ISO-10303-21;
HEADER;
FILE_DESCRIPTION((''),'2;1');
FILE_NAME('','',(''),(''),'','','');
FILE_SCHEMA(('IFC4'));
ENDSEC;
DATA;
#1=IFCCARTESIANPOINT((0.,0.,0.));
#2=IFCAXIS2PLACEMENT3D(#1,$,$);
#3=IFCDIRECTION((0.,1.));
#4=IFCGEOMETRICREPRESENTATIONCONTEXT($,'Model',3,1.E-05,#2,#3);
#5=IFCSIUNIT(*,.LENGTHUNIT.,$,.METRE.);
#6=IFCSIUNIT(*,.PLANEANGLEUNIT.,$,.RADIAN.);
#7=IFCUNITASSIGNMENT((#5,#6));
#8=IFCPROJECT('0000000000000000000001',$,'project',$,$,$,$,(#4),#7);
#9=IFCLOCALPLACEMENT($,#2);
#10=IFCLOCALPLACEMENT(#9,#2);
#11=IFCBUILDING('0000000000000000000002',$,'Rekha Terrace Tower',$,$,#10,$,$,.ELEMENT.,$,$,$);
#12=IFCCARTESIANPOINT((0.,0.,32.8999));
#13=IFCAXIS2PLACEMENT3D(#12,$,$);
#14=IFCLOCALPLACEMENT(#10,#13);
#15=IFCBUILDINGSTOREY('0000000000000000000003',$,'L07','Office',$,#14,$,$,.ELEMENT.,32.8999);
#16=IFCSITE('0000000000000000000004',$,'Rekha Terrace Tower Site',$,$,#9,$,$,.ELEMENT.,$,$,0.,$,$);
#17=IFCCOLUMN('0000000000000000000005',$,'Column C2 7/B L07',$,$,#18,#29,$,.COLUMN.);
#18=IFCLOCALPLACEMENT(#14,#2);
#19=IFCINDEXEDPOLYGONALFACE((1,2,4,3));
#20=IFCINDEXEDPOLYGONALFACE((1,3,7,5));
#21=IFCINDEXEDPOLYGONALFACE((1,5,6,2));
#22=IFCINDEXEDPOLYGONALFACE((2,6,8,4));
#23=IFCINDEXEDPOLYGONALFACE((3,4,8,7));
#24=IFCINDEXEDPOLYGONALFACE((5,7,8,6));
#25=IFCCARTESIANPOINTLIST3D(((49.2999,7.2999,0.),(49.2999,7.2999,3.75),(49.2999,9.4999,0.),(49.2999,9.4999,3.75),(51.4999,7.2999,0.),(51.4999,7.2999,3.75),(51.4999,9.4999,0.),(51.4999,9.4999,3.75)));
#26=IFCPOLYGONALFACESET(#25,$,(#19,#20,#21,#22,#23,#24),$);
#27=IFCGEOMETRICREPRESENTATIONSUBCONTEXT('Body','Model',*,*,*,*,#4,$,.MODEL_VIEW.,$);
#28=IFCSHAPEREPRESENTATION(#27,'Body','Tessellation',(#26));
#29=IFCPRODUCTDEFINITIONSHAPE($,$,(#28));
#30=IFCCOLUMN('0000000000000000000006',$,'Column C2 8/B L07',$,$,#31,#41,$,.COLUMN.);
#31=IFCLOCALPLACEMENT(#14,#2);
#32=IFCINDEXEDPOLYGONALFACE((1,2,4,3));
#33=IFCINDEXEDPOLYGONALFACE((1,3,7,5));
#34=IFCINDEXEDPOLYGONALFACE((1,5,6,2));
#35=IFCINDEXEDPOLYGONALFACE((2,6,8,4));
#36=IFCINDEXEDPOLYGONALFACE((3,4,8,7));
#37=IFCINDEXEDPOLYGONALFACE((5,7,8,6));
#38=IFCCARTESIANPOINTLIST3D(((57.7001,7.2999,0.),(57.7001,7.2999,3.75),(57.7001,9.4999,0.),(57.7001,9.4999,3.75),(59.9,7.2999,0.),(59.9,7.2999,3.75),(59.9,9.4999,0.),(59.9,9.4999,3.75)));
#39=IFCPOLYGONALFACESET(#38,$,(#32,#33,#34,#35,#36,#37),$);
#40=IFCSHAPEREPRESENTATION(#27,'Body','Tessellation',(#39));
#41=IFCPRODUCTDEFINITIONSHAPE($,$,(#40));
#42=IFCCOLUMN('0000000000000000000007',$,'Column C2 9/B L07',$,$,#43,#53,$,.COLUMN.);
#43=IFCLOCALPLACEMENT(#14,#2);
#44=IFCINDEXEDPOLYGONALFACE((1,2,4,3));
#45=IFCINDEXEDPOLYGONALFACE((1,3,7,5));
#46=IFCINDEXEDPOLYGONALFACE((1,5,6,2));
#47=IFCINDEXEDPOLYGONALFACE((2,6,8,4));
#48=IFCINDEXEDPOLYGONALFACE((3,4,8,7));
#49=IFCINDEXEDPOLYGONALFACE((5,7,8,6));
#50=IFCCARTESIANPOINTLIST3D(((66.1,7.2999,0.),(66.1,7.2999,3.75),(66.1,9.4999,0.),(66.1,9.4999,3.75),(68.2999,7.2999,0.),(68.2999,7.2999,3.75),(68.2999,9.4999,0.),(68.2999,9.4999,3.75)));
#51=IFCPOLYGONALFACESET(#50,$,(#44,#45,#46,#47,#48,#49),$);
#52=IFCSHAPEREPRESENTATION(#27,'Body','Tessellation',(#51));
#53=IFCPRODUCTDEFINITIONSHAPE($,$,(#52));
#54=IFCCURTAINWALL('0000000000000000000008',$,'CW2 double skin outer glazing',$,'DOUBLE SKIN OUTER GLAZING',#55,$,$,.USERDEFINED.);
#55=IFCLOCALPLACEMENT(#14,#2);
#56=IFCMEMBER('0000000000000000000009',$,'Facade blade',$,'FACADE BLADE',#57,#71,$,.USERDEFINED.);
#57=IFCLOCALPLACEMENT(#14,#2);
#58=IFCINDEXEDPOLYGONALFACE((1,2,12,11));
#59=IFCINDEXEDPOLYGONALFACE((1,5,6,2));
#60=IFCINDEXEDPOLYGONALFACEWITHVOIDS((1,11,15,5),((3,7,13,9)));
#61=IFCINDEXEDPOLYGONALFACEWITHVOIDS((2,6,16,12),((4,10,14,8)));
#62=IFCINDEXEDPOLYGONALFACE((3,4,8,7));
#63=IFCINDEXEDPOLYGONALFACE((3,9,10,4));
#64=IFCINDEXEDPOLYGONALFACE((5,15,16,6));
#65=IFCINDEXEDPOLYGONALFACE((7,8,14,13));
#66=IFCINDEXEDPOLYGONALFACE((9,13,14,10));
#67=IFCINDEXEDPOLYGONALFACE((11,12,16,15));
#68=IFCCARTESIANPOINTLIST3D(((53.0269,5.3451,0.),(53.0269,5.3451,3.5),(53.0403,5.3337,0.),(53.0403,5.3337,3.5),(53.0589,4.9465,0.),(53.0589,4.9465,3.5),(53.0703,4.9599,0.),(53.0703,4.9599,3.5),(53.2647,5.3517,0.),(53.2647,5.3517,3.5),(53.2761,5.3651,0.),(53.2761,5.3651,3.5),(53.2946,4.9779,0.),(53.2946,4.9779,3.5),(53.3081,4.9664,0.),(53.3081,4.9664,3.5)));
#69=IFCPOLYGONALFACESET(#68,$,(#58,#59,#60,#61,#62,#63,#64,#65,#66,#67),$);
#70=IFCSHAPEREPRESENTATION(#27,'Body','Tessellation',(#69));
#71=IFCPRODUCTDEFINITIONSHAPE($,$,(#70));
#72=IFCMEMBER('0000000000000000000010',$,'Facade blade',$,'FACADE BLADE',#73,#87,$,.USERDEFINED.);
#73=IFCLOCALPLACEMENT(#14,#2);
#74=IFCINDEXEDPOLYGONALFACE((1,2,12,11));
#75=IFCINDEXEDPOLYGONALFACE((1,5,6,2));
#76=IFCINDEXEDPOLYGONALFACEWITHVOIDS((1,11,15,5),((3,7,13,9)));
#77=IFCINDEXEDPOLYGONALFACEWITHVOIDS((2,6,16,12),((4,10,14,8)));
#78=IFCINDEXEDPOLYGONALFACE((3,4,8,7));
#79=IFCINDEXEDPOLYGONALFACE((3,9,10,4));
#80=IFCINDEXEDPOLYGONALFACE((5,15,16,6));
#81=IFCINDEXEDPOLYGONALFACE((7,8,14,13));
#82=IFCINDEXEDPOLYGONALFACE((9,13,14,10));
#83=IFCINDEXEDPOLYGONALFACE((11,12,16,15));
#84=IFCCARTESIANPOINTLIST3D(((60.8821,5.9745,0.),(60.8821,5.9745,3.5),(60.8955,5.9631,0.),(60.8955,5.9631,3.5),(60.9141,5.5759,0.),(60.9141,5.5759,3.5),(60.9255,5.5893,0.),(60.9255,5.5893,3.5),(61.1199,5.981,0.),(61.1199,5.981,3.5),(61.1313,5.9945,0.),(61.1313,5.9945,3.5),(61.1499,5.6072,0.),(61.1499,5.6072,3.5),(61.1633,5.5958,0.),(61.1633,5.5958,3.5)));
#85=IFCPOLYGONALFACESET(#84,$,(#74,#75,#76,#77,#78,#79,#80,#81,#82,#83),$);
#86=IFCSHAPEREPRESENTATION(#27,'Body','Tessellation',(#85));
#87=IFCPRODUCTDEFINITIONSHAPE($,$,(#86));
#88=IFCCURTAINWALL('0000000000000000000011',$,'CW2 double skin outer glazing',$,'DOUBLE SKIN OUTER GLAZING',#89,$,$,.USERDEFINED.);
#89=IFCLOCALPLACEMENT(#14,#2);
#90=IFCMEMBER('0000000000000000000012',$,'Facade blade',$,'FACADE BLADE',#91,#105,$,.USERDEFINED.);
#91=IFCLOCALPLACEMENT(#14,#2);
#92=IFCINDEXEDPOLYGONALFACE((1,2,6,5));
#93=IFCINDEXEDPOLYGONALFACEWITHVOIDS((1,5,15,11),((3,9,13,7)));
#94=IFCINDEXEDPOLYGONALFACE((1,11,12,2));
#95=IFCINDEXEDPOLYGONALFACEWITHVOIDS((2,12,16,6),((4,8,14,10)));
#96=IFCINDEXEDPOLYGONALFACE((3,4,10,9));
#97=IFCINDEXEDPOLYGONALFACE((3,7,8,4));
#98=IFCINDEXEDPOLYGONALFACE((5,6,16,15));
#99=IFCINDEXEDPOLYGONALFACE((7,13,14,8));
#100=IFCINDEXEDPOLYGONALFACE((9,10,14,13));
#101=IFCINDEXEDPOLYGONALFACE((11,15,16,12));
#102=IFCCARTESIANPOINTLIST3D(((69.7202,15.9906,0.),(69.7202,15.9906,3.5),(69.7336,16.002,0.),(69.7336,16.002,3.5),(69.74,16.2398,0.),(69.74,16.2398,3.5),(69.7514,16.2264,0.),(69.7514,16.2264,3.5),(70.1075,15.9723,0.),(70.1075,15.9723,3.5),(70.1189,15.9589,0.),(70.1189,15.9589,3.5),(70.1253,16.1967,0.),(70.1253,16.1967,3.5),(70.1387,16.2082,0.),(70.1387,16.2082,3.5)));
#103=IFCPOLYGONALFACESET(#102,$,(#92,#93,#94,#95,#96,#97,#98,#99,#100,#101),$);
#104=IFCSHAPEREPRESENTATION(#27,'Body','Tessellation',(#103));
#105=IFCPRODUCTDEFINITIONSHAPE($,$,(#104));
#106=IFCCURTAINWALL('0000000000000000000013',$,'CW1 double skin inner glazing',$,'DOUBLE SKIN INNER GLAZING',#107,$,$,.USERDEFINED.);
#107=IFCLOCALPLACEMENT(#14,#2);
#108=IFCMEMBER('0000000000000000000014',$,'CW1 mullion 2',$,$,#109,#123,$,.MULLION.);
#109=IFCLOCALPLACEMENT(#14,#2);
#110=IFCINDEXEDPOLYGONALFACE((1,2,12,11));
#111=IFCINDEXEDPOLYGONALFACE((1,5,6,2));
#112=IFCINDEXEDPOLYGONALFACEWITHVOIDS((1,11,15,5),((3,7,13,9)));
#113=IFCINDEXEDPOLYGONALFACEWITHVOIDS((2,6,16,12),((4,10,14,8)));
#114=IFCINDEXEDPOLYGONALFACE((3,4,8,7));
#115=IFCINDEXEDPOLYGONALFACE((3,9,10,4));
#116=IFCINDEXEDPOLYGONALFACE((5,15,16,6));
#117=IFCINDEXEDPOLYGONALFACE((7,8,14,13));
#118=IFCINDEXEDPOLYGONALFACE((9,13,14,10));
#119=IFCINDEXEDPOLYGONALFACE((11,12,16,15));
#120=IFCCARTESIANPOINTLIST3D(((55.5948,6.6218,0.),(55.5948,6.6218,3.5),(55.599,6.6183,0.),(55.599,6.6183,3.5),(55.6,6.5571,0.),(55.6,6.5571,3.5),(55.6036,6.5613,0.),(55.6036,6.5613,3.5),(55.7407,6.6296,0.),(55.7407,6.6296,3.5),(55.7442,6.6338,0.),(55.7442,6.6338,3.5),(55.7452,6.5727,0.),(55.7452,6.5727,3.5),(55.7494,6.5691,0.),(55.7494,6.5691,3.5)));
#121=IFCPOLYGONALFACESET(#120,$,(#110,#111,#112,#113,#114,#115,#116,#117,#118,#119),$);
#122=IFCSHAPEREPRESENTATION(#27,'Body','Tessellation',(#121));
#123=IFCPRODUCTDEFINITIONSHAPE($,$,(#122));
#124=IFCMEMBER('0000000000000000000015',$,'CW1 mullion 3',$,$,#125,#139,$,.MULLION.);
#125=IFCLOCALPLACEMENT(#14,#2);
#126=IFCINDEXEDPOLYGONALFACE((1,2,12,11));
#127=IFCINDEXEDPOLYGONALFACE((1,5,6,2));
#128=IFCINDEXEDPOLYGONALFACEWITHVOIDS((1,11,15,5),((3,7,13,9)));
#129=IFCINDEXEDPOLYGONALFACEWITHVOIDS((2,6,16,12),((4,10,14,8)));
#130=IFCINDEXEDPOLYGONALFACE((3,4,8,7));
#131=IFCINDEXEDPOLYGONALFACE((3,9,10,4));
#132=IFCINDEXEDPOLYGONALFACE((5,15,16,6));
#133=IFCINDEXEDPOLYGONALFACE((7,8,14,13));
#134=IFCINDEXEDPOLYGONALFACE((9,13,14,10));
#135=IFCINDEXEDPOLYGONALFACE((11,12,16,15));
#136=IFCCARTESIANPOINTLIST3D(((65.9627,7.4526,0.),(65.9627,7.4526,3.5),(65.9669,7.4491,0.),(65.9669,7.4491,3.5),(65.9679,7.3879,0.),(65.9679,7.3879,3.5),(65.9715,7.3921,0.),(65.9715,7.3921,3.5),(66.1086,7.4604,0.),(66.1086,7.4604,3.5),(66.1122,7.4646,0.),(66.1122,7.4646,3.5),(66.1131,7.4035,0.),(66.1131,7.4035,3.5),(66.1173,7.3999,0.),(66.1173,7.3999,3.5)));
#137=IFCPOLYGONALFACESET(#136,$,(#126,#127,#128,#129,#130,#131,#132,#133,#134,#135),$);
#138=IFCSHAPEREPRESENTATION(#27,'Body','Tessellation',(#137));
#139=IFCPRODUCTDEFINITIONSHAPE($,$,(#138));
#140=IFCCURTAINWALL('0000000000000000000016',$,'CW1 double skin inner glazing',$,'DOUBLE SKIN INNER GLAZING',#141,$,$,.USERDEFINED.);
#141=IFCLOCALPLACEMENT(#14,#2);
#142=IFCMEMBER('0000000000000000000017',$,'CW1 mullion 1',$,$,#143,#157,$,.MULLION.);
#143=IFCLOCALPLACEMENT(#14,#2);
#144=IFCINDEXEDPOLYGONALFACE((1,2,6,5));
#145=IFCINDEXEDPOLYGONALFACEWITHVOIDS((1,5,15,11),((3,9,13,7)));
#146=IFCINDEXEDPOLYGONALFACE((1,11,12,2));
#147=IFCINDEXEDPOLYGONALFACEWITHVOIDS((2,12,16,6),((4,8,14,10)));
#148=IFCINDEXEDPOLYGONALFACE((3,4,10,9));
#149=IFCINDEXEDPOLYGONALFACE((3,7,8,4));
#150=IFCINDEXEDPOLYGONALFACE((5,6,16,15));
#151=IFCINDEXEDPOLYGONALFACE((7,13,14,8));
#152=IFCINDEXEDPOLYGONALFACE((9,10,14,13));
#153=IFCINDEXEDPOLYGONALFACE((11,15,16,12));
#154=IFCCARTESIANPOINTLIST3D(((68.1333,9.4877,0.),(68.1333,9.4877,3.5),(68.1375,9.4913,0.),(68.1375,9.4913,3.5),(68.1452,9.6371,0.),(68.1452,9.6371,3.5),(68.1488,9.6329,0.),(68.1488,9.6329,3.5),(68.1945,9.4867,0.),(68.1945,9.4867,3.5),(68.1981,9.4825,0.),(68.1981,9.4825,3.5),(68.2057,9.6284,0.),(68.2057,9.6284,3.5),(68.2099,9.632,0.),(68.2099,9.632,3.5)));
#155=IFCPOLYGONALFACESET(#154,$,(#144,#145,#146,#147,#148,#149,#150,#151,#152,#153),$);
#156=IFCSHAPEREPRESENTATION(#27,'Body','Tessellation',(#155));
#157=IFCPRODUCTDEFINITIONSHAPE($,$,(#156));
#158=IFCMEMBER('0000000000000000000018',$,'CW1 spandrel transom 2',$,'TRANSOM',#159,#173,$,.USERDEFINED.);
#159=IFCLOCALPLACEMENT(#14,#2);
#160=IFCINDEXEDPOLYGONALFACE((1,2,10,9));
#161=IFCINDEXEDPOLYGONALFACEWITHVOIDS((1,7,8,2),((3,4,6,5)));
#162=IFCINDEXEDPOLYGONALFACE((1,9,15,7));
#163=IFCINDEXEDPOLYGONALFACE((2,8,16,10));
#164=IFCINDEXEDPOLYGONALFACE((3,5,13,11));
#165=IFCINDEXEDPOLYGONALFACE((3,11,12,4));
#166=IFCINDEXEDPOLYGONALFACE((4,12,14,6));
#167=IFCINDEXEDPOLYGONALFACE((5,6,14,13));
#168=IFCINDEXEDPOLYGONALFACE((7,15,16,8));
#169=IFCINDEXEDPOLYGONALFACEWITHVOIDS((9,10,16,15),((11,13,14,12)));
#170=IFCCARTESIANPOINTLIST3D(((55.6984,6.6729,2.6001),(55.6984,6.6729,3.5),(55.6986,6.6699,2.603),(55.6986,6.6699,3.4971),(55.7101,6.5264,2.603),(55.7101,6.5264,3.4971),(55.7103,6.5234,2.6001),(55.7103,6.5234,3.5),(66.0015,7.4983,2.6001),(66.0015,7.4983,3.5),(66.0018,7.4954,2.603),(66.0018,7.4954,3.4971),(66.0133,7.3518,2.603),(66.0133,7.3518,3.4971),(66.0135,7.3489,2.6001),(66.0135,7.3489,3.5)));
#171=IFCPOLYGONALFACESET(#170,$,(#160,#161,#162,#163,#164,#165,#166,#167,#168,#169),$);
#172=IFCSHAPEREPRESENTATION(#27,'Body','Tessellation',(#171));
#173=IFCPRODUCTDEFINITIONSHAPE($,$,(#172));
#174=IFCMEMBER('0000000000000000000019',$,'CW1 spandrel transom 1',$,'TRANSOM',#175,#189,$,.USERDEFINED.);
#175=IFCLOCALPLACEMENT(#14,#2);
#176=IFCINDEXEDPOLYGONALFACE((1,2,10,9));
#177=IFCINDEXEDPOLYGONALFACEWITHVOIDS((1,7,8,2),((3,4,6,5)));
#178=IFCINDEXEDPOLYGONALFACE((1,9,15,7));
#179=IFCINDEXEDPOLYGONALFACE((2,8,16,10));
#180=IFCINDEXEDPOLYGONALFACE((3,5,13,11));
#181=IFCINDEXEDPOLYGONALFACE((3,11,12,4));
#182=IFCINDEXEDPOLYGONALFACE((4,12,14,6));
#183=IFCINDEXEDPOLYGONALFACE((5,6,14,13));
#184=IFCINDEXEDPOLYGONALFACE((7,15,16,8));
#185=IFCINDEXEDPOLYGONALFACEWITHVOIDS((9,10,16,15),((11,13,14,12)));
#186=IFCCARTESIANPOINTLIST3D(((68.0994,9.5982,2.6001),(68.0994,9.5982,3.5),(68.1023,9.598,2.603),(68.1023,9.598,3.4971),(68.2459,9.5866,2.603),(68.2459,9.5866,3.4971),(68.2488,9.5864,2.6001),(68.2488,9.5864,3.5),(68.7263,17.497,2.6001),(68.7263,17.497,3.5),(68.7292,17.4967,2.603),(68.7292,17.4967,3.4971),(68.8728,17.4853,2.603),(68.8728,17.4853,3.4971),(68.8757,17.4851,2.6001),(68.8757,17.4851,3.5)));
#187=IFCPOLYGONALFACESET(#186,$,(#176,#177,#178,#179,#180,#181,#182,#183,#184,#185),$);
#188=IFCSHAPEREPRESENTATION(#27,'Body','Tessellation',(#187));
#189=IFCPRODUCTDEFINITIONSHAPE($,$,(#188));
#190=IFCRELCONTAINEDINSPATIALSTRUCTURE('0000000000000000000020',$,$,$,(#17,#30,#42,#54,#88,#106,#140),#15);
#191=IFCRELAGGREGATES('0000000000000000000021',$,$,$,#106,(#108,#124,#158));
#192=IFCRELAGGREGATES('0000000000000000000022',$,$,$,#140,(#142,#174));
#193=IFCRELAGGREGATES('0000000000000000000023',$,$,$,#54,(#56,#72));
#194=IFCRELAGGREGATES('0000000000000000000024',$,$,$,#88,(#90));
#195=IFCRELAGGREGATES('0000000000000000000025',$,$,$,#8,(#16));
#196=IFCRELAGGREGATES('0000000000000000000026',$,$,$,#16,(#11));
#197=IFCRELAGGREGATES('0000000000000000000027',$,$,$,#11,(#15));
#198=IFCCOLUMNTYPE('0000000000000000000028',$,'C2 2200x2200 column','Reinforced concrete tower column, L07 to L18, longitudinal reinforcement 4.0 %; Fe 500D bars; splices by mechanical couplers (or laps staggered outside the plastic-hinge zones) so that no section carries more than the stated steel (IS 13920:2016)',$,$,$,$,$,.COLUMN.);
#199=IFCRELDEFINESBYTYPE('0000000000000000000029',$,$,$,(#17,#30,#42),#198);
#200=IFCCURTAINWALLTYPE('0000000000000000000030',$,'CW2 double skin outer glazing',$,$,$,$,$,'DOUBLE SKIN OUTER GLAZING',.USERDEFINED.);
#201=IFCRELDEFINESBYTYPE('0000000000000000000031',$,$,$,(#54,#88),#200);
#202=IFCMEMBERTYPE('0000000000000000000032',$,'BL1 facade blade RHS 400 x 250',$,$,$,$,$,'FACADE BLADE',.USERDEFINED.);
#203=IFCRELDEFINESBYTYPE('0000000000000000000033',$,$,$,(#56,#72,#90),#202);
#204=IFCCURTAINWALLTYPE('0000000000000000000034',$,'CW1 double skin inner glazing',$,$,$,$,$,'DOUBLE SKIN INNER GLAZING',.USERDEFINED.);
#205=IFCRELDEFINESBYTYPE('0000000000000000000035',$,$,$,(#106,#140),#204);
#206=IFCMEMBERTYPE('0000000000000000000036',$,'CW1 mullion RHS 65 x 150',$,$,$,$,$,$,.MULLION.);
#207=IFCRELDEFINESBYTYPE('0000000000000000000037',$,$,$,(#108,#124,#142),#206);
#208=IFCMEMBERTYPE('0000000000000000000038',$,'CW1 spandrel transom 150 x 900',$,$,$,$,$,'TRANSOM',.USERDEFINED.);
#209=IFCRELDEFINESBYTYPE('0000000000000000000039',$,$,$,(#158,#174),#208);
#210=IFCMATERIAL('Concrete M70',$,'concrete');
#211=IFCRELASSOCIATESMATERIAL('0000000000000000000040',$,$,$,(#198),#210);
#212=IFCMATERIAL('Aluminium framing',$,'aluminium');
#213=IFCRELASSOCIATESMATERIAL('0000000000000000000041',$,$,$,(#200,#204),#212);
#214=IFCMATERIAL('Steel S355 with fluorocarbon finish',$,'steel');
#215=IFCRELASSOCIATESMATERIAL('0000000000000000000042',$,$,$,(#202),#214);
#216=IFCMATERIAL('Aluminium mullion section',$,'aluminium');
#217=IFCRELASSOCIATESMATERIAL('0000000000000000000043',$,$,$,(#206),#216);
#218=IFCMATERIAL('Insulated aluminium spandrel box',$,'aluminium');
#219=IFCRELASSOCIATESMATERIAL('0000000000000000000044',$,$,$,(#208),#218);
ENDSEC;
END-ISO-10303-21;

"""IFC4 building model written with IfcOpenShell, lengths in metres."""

from ifc_helpers import new_model, si_unit, direction, frame, origin, origin_2d, place, context, subcontext, project, spatial, rectangle, hollow_rectangle, extrude, material, material_profile, profile_set, type_object, element, aggregate, save


model = new_model("IFC4")

# Units and contexts
model_context = context("Model", 3, precision=1e-05, world=origin(), true_north=direction((0.0, 1.0)))
body_context = subcontext(model_context, "Body", "Model", "MODEL_VIEW")
ifc_project = project(units=[si_unit("LENGTHUNIT", "METRE"), si_unit("PLANEANGLEUNIT", "RADIAN")], contexts=[model_context])

# Site, building, storey
site_placement = place(None, origin())
site = spatial("IfcSite", under=ifc_project, at=site_placement, Name="Rekha Terrace Tower Site", CompositionType="ELEMENT", RefElevation=0.0)
building_placement = place(site_placement, origin())
building = spatial("IfcBuilding", under=site, at=building_placement, Name="Rekha Terrace Tower", CompositionType="ELEMENT")
storey_placement = place(building_placement, frame((0.0, 0.0, 32.8999)))
storey = spatial("IfcBuildingStorey", under=building, at=storey_placement, Name="L07", Description="Office", CompositionType="ELEMENT", Elevation=32.8999)

# Columns
ifc_material_1 = material(Name="Concrete M70", Category="concrete")
ifc_material_profile_1 = material_profile(ifc_material_1, rectangle(XDim=2.2, YDim=2.2, at=origin_2d()), Name="RC 2200x2200")
ifc_profile_set_1 = profile_set([ifc_material_profile_1], Name="Concrete M70")
column_type = type_object("IfcColumnType", Name="C2 2200x2200 column", Description="Reinforced concrete tower column, L07 to L18, longitudinal reinforcement 4.0 %; Fe 500D bars; splices by mechanical couplers (or laps staggered outside the plastic-hinge zones) so that no section carries more than the stated steel (IS 13920:2016)", PredefinedType="COLUMN", material=ifc_profile_set_1)
for number, where, z_axis, x_axis, name in (
    (1, (50.3999, 8.3999, 0.0), (0.0, 0.0, 1.0), (1.0, 0.0, 0.0), "Column C2 7/B L07"),
    (2, (58.8, 8.3999, 0.0), (0.0, 0.0, 1.0), (1.0, 0.0, 0.0), "Column C2 8/B L07"),
    (3, (67.2, 8.3999, 0.0), (0.0, 0.0, 1.0), (1.0, 0.0, 0.0), "Column C2 9/B L07"),
):
    element("IfcColumn", number, at=place(storey_placement, frame(where, z_axis=z_axis, x_axis=x_axis)), inside=storey, type_object=column_type, Name=name, PredefinedType="COLUMN", context=body_context, shape_type="SweptSolid", body=[
        extrude(rectangle(XDim=2.2, YDim=2.2, at=origin_2d()), origin(), (0.0, 0.0, 1.0), 3.75),
    ])

# Curtain wall, members
ifc_material_2 = material(Name="Aluminium framing", Category="aluminium")
curtain_wall_type_1 = type_object("IfcCurtainWallType", Name="CW2 double skin outer glazing", ElementType="DOUBLE SKIN OUTER GLAZING", PredefinedType="USERDEFINED", material=ifc_material_2)
curtain_wall_1_placement = place(storey_placement, origin())
curtain_wall_1 = element("IfcCurtainWall", 4, at=curtain_wall_1_placement, inside=storey, type_object=curtain_wall_type_1, Name="CW2 double skin outer glazing", ObjectType="DOUBLE SKIN OUTER GLAZING", PredefinedType="USERDEFINED")
ifc_material_3 = material(Name="Steel S355 with fluorocarbon finish", Category="steel")
ifc_material_profile_2 = material_profile(ifc_material_3, hollow_rectangle(XDim=0.25, YDim=0.3999, WallThickness=0.0125, at=origin_2d()), Name="RHS400x250x12.5")
ifc_profile_set_2 = profile_set([ifc_material_profile_2], Name="Steel S355 with fluorocarbon finish")
member_type_1 = type_object("IfcMemberType", Name="BL1 facade blade RHS 400 x 250", ElementType="FACADE BLADE", PredefinedType="USERDEFINED", material=ifc_profile_set_2)
member_1_placement = place(storey_placement, frame((53.1675, 5.1558, 0.0), z_axis=(0.0, 0.0, 1.0), x_axis=(0.996805, 0.079872, 0.0)))
member_1 = element("IfcMember", 5, at=member_1_placement, type_object=member_type_1, Name="Facade blade", ObjectType="FACADE BLADE", PredefinedType="USERDEFINED", context=body_context, shape_type="SweptSolid", body=[
    extrude(hollow_rectangle(XDim=0.25, YDim=0.3999, WallThickness=0.0125, at=origin_2d()), origin(), (0.0, 0.0, 1.0), 3.5),
])
member_2_placement = place(storey_placement, frame((61.0227, 5.7852, 0.0), z_axis=(0.0, 0.0, 1.0), x_axis=(0.996805, 0.079872, 0.0)))
member_2 = element("IfcMember", 6, at=member_2_placement, type_object=member_type_1, Name="Facade blade", ObjectType="FACADE BLADE", PredefinedType="USERDEFINED", context=body_context, shape_type="SweptSolid", body=[
    extrude(hollow_rectangle(XDim=0.25, YDim=0.3999, WallThickness=0.0125, at=origin_2d()), origin(), (0.0, 0.0, 1.0), 3.5),
])

# Curtain wall, member
curtain_wall_2_placement = place(storey_placement, origin())
curtain_wall_2 = element("IfcCurtainWall", 7, at=curtain_wall_2_placement, inside=storey, type_object=curtain_wall_type_1, Name="CW2 double skin outer glazing", ObjectType="DOUBLE SKIN OUTER GLAZING", PredefinedType="USERDEFINED")
member_3_placement = place(storey_placement, frame((69.9294, 16.0994, 0.0), z_axis=(0.0, 0.0, 1.0), x_axis=(0.079117, 0.996865, 0.0)))
member_3 = element("IfcMember", 8, at=member_3_placement, type_object=member_type_1, Name="Facade blade", ObjectType="FACADE BLADE", PredefinedType="USERDEFINED", context=body_context, shape_type="SweptSolid", body=[
    extrude(hollow_rectangle(XDim=0.25, YDim=0.3999, WallThickness=0.0125, at=origin_2d()), origin(), (0.0, 0.0, 1.0), 3.5),
])

# Curtain wall, members
curtain_wall_type_2 = type_object("IfcCurtainWallType", Name="CW1 double skin inner glazing", ElementType="DOUBLE SKIN INNER GLAZING", PredefinedType="USERDEFINED", material=ifc_material_2)
curtain_wall_3_placement = place(storey_placement, origin())
curtain_wall_3 = element("IfcCurtainWall", 9, at=curtain_wall_3_placement, inside=storey, type_object=curtain_wall_type_2, Name="CW1 double skin inner glazing", ObjectType="DOUBLE SKIN INNER GLAZING", PredefinedType="USERDEFINED")
ifc_material_4 = material(Name="Aluminium mullion section", Category="aluminium")
ifc_material_profile_3 = material_profile(ifc_material_4, hollow_rectangle(XDim=0.0649, YDim=0.1499, WallThickness=0.0039, at=origin_2d()), Name="AL RHS 65x150")
ifc_profile_set_3 = profile_set([ifc_material_profile_3], Name="Aluminium mullion section")
member_type_2 = type_object("IfcMemberType", Name="CW1 mullion RHS 65 x 150", PredefinedType="MULLION", material=ifc_profile_set_3)
member_4_placement = place(storey_placement, frame((55.6721, 6.5955, 0.0), z_axis=(0.0, 0.0, 1.0), x_axis=(-0.079872, 0.996805, 0.0)))
member_4 = element("IfcMember", 10, at=member_4_placement, type_object=member_type_2, Name="CW1 mullion 2", PredefinedType="MULLION", context=body_context, shape_type="SweptSolid", body=[
    extrude(hollow_rectangle(XDim=0.0649, YDim=0.1499, WallThickness=0.0039, at=origin_2d()), origin(), (0.0, 0.0, 1.0), 3.5),
])
member_5_placement = place(storey_placement, frame((66.04, 7.4263, 0.0), z_axis=(0.0, 0.0, 1.0), x_axis=(-0.079872, 0.996805, 0.0)))
member_5 = element("IfcMember", 11, at=member_5_placement, type_object=member_type_2, Name="CW1 mullion 3", PredefinedType="MULLION", context=body_context, shape_type="SweptSolid", body=[
    extrude(hollow_rectangle(XDim=0.0649, YDim=0.1499, WallThickness=0.0039, at=origin_2d()), origin(), (0.0, 0.0, 1.0), 3.5),
])

# Curtain wall, member
curtain_wall_4_placement = place(storey_placement, origin())
curtain_wall_4 = element("IfcCurtainWall", 12, at=curtain_wall_4_placement, inside=storey, type_object=curtain_wall_type_2, Name="CW1 double skin inner glazing", ObjectType="DOUBLE SKIN INNER GLAZING", PredefinedType="USERDEFINED")
member_6_placement = place(storey_placement, frame((68.1716, 9.5598, 0.0), z_axis=(0.0, 0.0, 1.0), x_axis=(-0.996865, 0.079116, 0.0)))
member_6 = element("IfcMember", 13, at=member_6_placement, type_object=member_type_2, Name="CW1 mullion 1", PredefinedType="MULLION", context=body_context, shape_type="SweptSolid", body=[
    extrude(hollow_rectangle(XDim=0.0649, YDim=0.1499, WallThickness=0.0039, at=origin_2d()), origin(), (0.0, 0.0, 1.0), 3.5),
])

# Members
ifc_material_5 = material(Name="Insulated aluminium spandrel box", Category="aluminium")
ifc_material_profile_4 = material_profile(ifc_material_5, hollow_rectangle(XDim=0.1499, YDim=0.8999, WallThickness=0.0029, at=origin_2d()), Name="AL SPANDREL BOX 150x900")
ifc_profile_set_4 = profile_set([ifc_material_profile_4], Name="Insulated aluminium spandrel box")
member_type_3 = type_object("IfcMemberType", Name="CW1 spandrel transom 150 x 900", ElementType="TRANSOM", PredefinedType="USERDEFINED", material=ifc_profile_set_4)
member_7_placement = place(storey_placement, frame((55.7043, 6.5981, 3.05), z_axis=(0.996806, 0.079859, 0.0), x_axis=(-0.079859, 0.996806, 0.0)))
member_7 = element("IfcMember", 14, at=member_7_placement, type_object=member_type_3, Name="CW1 spandrel transom 2", ObjectType="TRANSOM", PredefinedType="USERDEFINED", context=body_context, shape_type="SweptSolid", body=[
    extrude(hollow_rectangle(XDim=0.1499, YDim=0.8999, WallThickness=0.0029, at=origin_2d()), origin(), (0.0, 0.0, 1.0), 10.3362),
])
member_8_placement = place(storey_placement, frame((68.1741, 9.5923, 3.05), z_axis=(0.079126, 0.996865, 0.0), x_axis=(-0.996865, 0.079126, 0.0)))
member_8 = element("IfcMember", 15, at=member_8_placement, type_object=member_type_3, Name="CW1 spandrel transom 1", ObjectType="TRANSOM", PredefinedType="USERDEFINED", context=body_context, shape_type="SweptSolid", body=[
    extrude(hollow_rectangle(XDim=0.1499, YDim=0.8999, WallThickness=0.0029, at=origin_2d()), origin(), (0.0, 0.0, 1.0), 7.9236),
])

aggregate(curtain_wall_3, [member_4, member_5, member_7])
aggregate(curtain_wall_4, [member_6, member_8])
aggregate(curtain_wall_1, [member_1, member_2])
aggregate(curtain_wall_2, [member_3])

save(model, "model.ifc")
